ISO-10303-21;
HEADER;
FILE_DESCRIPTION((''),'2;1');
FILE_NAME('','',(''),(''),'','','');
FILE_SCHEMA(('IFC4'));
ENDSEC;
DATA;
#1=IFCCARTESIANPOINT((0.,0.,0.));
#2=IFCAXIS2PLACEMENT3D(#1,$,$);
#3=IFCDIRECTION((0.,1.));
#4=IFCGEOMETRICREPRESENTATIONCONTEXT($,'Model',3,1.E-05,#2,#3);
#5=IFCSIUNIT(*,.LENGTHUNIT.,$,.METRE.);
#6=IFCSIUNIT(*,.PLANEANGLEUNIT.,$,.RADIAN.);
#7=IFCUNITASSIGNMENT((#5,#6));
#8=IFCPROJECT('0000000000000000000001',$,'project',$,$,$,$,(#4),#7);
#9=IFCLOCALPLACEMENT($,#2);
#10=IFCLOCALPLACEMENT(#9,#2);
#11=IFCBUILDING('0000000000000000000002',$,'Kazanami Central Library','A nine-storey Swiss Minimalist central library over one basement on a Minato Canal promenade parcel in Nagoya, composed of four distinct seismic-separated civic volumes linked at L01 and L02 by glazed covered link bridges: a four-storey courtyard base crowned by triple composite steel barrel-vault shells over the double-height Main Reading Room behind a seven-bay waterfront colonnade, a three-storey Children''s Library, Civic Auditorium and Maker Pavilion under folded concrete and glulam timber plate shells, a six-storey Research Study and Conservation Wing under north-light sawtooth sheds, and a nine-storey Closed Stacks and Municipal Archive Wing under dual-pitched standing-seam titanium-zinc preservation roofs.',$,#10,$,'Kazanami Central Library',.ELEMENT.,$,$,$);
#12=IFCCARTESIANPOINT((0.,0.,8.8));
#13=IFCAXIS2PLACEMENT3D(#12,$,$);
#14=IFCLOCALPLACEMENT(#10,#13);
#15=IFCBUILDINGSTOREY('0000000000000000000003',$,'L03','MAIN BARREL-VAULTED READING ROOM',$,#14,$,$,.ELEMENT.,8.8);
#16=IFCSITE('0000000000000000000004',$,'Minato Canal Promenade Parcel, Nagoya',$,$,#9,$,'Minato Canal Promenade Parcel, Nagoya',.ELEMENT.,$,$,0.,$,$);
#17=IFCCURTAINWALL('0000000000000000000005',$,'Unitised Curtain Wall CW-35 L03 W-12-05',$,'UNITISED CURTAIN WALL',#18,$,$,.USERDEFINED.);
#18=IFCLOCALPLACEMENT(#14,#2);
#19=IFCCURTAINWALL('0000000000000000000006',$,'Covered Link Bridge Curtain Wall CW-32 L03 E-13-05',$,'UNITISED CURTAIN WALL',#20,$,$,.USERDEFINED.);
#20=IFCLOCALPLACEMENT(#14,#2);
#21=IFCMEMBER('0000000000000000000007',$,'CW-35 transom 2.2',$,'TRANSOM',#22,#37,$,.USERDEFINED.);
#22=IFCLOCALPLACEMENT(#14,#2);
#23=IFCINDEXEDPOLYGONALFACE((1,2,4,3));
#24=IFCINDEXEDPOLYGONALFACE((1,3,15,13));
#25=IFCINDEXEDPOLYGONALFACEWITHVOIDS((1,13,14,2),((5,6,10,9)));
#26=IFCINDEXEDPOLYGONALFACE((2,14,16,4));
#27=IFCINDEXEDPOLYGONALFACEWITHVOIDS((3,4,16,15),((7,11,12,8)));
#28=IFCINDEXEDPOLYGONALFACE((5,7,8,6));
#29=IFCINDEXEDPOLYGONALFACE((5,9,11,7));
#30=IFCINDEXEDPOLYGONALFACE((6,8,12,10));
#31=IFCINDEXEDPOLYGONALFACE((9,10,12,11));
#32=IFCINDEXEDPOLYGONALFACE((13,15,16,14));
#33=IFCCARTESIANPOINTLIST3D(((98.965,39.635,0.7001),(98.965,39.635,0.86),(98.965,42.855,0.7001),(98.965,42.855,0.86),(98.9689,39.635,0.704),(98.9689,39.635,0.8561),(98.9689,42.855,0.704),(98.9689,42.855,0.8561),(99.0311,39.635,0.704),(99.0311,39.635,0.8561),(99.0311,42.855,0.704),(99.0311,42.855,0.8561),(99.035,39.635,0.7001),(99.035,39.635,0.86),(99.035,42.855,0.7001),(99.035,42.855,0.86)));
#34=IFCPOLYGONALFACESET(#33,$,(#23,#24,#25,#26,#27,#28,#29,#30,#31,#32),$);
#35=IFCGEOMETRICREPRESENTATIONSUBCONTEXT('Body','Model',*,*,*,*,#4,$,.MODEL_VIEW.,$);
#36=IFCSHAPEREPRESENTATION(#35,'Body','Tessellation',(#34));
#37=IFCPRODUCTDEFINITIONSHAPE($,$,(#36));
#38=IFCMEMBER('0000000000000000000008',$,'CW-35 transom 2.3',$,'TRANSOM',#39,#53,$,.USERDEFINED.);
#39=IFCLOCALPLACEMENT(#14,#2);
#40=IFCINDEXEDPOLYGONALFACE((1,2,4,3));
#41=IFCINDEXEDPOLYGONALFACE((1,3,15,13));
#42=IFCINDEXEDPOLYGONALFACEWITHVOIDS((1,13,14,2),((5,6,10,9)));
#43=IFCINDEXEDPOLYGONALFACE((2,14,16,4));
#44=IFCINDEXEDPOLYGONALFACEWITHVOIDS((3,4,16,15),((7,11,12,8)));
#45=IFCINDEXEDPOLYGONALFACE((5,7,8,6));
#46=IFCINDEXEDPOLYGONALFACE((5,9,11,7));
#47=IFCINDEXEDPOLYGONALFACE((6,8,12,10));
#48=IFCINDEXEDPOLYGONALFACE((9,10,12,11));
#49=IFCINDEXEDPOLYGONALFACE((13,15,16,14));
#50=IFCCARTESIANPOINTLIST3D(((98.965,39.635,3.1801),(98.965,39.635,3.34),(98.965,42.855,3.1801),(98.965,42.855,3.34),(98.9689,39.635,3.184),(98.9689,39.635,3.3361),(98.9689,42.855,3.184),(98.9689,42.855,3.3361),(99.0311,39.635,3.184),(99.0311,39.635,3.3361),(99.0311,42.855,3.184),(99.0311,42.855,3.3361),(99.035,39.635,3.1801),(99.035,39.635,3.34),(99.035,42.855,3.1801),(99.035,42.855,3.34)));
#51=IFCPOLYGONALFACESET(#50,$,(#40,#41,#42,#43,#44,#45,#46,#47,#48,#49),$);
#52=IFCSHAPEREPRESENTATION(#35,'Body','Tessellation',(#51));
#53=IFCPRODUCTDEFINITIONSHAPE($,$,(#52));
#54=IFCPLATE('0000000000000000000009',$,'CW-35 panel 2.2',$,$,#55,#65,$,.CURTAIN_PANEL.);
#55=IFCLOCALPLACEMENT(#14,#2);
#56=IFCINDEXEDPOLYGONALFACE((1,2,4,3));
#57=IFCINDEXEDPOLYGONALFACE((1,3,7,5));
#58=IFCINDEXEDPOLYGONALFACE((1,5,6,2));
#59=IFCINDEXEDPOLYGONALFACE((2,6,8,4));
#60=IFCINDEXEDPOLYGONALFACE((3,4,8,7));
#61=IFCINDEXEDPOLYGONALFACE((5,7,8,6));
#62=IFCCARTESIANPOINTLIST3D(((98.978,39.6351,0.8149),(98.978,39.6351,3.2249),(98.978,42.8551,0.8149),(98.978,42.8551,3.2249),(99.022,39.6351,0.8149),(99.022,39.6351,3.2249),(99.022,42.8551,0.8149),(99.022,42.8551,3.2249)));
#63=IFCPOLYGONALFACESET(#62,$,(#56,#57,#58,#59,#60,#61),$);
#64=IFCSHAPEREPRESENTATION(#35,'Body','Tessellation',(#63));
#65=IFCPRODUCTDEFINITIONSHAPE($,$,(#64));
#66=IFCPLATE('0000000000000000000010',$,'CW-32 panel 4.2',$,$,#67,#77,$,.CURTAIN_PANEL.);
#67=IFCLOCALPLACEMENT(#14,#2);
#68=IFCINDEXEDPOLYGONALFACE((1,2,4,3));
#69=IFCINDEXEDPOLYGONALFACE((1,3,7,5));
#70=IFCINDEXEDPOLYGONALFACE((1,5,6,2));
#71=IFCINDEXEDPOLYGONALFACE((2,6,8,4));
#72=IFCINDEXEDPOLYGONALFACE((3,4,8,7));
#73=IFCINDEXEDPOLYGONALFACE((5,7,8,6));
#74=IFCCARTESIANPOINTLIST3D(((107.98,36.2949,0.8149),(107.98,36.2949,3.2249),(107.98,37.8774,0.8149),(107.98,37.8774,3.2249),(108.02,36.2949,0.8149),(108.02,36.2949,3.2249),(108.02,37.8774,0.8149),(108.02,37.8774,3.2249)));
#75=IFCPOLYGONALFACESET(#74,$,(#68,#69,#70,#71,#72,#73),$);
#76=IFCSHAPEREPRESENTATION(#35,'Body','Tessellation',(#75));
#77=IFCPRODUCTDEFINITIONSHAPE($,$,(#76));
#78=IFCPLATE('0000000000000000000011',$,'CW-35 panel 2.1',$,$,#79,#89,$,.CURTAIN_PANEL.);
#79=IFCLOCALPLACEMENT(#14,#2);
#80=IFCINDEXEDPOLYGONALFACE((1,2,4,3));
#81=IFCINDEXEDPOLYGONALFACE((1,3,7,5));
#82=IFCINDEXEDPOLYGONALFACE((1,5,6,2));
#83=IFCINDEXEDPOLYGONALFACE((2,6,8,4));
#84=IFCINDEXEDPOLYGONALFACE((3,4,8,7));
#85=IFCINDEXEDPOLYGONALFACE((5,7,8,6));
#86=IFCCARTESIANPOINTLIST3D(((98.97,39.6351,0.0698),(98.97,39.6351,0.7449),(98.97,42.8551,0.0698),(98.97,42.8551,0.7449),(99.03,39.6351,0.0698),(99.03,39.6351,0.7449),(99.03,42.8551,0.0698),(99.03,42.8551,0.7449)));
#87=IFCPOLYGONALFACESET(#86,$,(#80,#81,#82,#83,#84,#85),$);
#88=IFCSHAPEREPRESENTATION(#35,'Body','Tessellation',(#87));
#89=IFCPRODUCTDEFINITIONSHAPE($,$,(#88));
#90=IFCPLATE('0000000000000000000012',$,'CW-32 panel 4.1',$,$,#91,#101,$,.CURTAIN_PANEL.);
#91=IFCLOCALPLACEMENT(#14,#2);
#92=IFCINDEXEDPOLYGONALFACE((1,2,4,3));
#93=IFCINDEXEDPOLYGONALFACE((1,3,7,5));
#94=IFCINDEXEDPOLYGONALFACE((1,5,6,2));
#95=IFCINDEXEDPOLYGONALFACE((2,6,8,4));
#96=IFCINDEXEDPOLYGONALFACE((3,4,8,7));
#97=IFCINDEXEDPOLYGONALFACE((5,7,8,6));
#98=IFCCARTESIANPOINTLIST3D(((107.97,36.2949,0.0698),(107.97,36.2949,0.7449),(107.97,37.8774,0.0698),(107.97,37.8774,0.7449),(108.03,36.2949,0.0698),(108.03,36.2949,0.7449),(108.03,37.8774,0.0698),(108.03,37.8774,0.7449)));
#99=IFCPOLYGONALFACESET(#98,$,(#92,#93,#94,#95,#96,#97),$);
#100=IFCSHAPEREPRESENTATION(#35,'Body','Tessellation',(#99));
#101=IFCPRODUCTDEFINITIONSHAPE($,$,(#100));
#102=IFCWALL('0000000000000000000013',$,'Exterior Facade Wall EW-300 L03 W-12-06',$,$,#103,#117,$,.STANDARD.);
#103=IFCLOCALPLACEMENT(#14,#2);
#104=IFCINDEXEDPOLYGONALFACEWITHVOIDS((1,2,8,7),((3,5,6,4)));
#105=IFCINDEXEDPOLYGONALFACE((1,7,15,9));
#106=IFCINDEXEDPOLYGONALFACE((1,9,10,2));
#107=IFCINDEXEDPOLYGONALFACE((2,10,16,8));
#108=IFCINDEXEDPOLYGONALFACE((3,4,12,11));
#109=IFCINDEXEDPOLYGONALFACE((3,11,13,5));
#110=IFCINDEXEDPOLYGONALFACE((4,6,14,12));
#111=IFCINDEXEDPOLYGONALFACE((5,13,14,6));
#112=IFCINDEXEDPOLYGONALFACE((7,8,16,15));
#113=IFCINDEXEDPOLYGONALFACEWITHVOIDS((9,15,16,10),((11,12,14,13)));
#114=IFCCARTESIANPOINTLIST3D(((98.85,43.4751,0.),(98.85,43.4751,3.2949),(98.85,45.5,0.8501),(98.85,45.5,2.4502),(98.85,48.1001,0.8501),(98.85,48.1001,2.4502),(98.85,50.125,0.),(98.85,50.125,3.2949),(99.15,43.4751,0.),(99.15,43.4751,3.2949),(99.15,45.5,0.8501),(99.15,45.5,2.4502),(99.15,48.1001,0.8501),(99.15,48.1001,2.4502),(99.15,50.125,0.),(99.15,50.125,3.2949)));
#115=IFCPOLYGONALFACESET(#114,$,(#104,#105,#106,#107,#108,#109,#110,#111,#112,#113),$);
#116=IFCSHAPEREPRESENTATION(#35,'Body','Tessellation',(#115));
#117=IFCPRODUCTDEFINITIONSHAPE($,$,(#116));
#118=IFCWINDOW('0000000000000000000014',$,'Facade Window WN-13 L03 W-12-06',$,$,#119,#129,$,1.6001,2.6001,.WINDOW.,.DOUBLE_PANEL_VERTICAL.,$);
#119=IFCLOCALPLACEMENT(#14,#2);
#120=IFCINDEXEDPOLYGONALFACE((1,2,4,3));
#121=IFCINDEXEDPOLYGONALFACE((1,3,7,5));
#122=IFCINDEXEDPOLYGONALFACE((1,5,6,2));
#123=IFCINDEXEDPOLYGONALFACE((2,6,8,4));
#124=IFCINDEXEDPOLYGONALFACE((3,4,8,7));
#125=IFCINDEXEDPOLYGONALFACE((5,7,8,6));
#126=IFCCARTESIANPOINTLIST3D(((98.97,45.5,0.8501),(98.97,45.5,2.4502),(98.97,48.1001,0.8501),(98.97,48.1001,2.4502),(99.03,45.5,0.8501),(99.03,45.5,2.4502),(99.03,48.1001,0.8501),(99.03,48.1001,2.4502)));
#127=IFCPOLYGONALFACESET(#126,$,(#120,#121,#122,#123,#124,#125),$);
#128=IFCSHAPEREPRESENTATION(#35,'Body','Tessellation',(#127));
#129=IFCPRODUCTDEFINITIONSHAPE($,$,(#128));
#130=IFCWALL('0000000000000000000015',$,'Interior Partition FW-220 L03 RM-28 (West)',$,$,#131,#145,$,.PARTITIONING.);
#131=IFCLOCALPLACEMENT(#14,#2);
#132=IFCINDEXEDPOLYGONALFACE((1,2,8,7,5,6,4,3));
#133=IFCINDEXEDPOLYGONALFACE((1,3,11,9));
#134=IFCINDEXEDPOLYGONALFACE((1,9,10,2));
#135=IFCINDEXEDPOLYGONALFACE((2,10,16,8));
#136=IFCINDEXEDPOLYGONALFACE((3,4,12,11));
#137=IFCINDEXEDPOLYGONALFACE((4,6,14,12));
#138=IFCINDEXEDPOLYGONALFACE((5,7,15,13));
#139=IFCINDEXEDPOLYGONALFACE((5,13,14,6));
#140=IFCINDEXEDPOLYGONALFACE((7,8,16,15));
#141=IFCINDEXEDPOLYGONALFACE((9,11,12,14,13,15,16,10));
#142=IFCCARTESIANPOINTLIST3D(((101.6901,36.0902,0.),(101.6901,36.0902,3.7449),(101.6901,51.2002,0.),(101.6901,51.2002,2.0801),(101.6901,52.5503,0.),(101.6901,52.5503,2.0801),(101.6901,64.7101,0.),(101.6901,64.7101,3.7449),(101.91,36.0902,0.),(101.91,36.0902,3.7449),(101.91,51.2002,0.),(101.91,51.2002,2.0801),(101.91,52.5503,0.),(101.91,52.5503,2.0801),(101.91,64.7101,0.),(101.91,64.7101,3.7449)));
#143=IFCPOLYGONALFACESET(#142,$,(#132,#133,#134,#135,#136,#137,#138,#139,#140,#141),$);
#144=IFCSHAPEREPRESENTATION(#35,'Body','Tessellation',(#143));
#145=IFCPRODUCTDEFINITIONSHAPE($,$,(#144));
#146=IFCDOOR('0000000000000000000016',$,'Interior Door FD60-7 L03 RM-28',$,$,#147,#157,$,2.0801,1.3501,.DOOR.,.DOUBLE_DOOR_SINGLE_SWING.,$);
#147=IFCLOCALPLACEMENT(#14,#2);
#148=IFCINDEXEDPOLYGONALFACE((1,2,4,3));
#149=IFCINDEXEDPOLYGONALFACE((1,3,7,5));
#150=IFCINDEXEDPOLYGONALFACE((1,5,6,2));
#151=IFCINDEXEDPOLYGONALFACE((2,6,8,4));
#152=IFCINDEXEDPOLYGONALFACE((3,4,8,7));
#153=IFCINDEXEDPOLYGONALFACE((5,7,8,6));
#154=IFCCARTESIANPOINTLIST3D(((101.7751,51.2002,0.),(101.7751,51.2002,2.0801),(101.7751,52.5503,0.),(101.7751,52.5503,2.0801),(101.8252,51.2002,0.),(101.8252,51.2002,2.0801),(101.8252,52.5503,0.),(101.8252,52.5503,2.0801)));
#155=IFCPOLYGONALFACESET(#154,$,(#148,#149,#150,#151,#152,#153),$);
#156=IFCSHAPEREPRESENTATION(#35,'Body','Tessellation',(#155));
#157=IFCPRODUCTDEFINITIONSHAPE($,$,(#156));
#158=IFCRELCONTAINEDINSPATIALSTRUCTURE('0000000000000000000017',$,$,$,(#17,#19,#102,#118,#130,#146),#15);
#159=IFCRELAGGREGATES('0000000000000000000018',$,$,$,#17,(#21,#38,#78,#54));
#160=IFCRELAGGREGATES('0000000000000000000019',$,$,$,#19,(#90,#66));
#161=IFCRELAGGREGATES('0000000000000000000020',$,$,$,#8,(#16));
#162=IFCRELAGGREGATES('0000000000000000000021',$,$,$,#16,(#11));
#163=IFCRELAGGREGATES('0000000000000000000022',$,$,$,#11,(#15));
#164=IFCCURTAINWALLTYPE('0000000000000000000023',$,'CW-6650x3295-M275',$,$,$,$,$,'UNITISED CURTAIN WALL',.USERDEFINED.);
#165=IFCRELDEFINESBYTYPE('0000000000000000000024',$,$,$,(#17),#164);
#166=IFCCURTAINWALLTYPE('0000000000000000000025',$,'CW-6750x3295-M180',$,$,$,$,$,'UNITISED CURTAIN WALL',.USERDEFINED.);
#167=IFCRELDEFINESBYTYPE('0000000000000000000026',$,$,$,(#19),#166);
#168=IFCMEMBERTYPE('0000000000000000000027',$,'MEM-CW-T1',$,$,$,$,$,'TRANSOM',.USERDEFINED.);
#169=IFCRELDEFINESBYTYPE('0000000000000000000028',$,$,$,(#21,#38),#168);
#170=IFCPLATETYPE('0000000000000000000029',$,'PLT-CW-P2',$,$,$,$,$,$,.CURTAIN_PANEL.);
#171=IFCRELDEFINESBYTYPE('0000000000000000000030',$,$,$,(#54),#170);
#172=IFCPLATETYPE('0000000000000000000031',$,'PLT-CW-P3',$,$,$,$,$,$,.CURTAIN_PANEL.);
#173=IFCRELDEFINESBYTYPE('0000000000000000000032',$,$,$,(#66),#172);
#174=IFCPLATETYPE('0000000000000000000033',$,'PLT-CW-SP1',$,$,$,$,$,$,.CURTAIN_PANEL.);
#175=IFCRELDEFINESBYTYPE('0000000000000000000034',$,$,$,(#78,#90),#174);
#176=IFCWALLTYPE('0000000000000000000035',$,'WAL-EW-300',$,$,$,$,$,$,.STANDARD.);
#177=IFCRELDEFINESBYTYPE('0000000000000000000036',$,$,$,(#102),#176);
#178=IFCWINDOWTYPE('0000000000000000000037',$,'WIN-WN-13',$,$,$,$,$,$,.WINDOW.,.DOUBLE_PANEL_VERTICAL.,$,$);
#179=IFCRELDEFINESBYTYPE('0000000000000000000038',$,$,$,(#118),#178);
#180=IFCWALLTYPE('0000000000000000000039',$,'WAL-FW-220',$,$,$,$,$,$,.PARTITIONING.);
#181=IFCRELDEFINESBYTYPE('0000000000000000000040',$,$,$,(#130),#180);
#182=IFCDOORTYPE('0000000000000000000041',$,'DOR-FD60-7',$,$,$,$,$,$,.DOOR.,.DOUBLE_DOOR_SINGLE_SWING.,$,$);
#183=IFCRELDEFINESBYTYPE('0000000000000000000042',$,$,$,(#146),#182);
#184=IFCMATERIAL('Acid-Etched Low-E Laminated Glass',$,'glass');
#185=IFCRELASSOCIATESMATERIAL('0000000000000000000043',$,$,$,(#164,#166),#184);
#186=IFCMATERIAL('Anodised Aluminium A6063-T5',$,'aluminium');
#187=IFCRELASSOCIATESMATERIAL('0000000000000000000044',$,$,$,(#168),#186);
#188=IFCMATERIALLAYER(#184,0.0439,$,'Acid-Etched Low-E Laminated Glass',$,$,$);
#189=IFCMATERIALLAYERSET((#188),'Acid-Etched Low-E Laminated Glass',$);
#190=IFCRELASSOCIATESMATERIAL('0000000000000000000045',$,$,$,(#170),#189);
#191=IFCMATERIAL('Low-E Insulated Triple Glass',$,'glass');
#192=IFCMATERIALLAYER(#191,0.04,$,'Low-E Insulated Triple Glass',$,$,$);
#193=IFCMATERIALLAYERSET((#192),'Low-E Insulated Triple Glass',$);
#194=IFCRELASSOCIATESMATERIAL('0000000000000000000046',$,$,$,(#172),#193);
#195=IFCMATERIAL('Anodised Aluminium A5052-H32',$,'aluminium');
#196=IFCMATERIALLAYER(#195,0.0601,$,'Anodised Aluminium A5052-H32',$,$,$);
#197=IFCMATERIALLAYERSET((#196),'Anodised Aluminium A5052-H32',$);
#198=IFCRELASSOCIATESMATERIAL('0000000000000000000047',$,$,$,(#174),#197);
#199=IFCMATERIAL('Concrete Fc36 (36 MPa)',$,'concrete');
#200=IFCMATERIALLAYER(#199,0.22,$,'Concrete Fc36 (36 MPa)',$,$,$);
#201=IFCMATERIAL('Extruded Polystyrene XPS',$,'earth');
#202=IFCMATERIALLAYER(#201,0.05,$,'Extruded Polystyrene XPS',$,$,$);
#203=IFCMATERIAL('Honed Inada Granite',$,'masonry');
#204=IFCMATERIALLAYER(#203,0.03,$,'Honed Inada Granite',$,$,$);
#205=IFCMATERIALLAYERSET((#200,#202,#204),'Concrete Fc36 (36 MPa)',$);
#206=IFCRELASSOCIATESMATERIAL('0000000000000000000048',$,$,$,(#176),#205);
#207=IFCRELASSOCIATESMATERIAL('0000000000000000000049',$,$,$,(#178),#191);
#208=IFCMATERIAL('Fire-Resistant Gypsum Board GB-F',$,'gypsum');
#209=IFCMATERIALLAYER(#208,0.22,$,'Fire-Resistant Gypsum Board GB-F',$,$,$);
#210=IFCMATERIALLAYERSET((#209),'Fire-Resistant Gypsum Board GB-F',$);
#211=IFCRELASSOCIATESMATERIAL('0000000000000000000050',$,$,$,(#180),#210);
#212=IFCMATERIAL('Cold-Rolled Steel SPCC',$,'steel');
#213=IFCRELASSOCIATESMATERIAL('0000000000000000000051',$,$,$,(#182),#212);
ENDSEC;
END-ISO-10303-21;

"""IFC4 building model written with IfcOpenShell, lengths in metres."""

from ifc_helpers import new_model, si_unit, direction, frame, frame_2d, origin, origin_2d, place, context, subcontext, project, spatial, rectangle, hollow_rectangle, extrude, material, layer, layer_set, material_profile, profile_set, type_object, element, fill, aggregate, save


model = new_model("IFC4")

# Units and contexts
model_context = context("Model", 3, precision=1e-05, world=origin(), true_north=direction((0.0, 1.0)))
body_context = subcontext(model_context, "Body", "Model", "MODEL_VIEW")
ifc_project = project(units=[si_unit("LENGTHUNIT", "METRE"), si_unit("PLANEANGLEUNIT", "RADIAN")], contexts=[model_context])

# Site, building, storey
site_placement = place(None, origin())
site = spatial("IfcSite", under=ifc_project, at=site_placement, Name="Minato Canal Promenade Parcel, Nagoya", LongName="Minato Canal Promenade Parcel, Nagoya", CompositionType="ELEMENT", RefElevation=0.0)
building_placement = place(site_placement, origin())
building = spatial("IfcBuilding", under=site, at=building_placement, Name="Kazanami Central Library", Description="A nine-storey Swiss Minimalist central library over one basement on a Minato Canal promenade parcel in Nagoya, composed of four distinct seismic-separated civic volumes linked at L01 and L02 by glazed covered link bridges: a four-storey courtyard base crowned by triple composite steel barrel-vault shells over the double-height Main Reading Room behind a seven-bay waterfront colonnade, a three-storey Children's Library, Civic Auditorium and Maker Pavilion under folded concrete and glulam timber plate shells, a six-storey Research Study and Conservation Wing under north-light sawtooth sheds, and a nine-storey Closed Stacks and Municipal Archive Wing under dual-pitched standing-seam titanium-zinc preservation roofs.", LongName="Kazanami Central Library", CompositionType="ELEMENT")
storey_placement = place(building_placement, frame((0.0, 0.0, 8.8)))
storey = spatial("IfcBuildingStorey", under=building, at=storey_placement, Name="L03", Description="MAIN BARREL-VAULTED READING ROOM", CompositionType="ELEMENT", Elevation=8.8)

# Curtain walls
ifc_material_1 = material(Name="Acid-Etched Low-E Laminated Glass", Category="glass")
curtain_wall_type_1 = type_object("IfcCurtainWallType", Name="CW-6650x3295-M275", ElementType="UNITISED CURTAIN WALL", PredefinedType="USERDEFINED", material=ifc_material_1)
curtain_wall_1_placement = place(storey_placement, origin())
curtain_wall_1 = element("IfcCurtainWall", 1, at=curtain_wall_1_placement, inside=storey, type_object=curtain_wall_type_1, Name="Unitised Curtain Wall CW-35 L03 W-12-05", ObjectType="UNITISED CURTAIN WALL", PredefinedType="USERDEFINED")
ifc_material_2 = material(Name="Anodised Aluminium A6063-T5", Category="aluminium")
curtain_wall_type_2 = type_object("IfcCurtainWallType", Name="CW-6750x3295-M180", ElementType="UNITISED CURTAIN WALL", PredefinedType="USERDEFINED", material=ifc_material_1)
curtain_wall_2_placement = place(storey_placement, origin())
curtain_wall_2 = element("IfcCurtainWall", 2, at=curtain_wall_2_placement, inside=storey, type_object=curtain_wall_type_2, Name="Covered Link Bridge Curtain Wall CW-32 L03 E-13-05", ObjectType="UNITISED CURTAIN WALL", PredefinedType="USERDEFINED")

# Members
ifc_material_profile_1 = material_profile(ifc_material_2, hollow_rectangle(XDim=0.0701, YDim=0.1599, WallThickness=0.0039, at=origin_2d()), Name="ALU-TRAN-70x160x4")
ifc_profile_set_1 = profile_set([ifc_material_profile_1], Name="Anodised Aluminium A6063-T5")
member_type_1 = type_object("IfcMemberType", Name="MEM-CW-T1", ElementType="TRANSOM", PredefinedType="USERDEFINED", material=ifc_profile_set_1)
member_1_placement = place(storey_placement, frame((99.0, 39.635, 0.78), z_axis=(0.0, 1.0, 0.0), x_axis=(-1.0, 0.0, 0.0)))
member_1 = element("IfcMember", 3, at=member_1_placement, type_object=member_type_1, Name="CW-35 transom 2.2", ObjectType="TRANSOM", PredefinedType="USERDEFINED", context=body_context, shape_type="SweptSolid", body=[
    extrude(hollow_rectangle(XDim=0.0701, YDim=0.1599, WallThickness=0.0039, at=origin_2d()), origin(), (0.0, 0.0, 1.0), 3.22),
])
member_2_placement = place(storey_placement, frame((99.0, 39.635, 3.26), z_axis=(0.0, 1.0, 0.0), x_axis=(-1.0, 0.0, 0.0)))
member_2 = element("IfcMember", 4, at=member_2_placement, type_object=member_type_1, Name="CW-35 transom 2.3", ObjectType="TRANSOM", PredefinedType="USERDEFINED", context=body_context, shape_type="SweptSolid", body=[
    extrude(hollow_rectangle(XDim=0.0701, YDim=0.1599, WallThickness=0.0039, at=origin_2d()), origin(), (0.0, 0.0, 1.0), 3.22),
])

# Plates
ifc_layer_1 = layer(ifc_material_1, 0.0439, Name="Acid-Etched Low-E Laminated Glass")
ifc_layer_set_1 = layer_set([ifc_layer_1], Name="Acid-Etched Low-E Laminated Glass")
plate_type_1 = type_object("IfcPlateType", Name="PLT-CW-P2", PredefinedType="CURTAIN_PANEL", material=ifc_layer_set_1)
plate_1_placement = place(storey_placement, frame((99.0, 41.2451, 0.8149), z_axis=(0.0, 0.0, 1.0), x_axis=(0.0, 1.0, 0.0)))
plate_1 = element("IfcPlate", 5, at=plate_1_placement, type_object=plate_type_1, Name="CW-35 panel 2.2", PredefinedType="CURTAIN_PANEL", context=body_context, shape_type="SweptSolid", body=[
    extrude(rectangle(XDim=3.22, YDim=0.0439, at=origin_2d()), origin(), (0.0, 0.0, 1.0), 2.4099),
])
ifc_material_3 = material(Name="Low-E Insulated Triple Glass", Category="glass")
ifc_layer_2 = layer(ifc_material_3, 0.04, Name="Low-E Insulated Triple Glass")
ifc_layer_set_2 = layer_set([ifc_layer_2], Name="Low-E Insulated Triple Glass")
plate_type_2 = type_object("IfcPlateType", Name="PLT-CW-P3", PredefinedType="CURTAIN_PANEL", material=ifc_layer_set_2)
plate_2_placement = place(storey_placement, frame((108.0, 37.0862, 0.8149), z_axis=(0.0, 0.0, 1.0), x_axis=(0.0, -1.0, 0.0)))
plate_2 = element("IfcPlate", 6, at=plate_2_placement, type_object=plate_type_2, Name="CW-32 panel 4.2", PredefinedType="CURTAIN_PANEL", context=body_context, shape_type="SweptSolid", body=[
    extrude(rectangle(XDim=1.5825, YDim=0.04, at=origin_2d()), origin(), (0.0, 0.0, 1.0), 2.4099),
])
ifc_material_4 = material(Name="Anodised Aluminium A5052-H32", Category="aluminium")
ifc_layer_3 = layer(ifc_material_4, 0.0601, Name="Anodised Aluminium A5052-H32")
ifc_layer_set_3 = layer_set([ifc_layer_3], Name="Anodised Aluminium A5052-H32")
plate_type_3 = type_object("IfcPlateType", Name="PLT-CW-SP1", PredefinedType="CURTAIN_PANEL", material=ifc_layer_set_3)
plate_3_placement = place(storey_placement, frame((99.0, 41.2451, 0.0698), z_axis=(0.0, 0.0, 1.0), x_axis=(0.0, 1.0, 0.0)))
plate_3 = element("IfcPlate", 7, at=plate_3_placement, type_object=plate_type_3, Name="CW-35 panel 2.1", PredefinedType="CURTAIN_PANEL", context=body_context, shape_type="SweptSolid", body=[
    extrude(rectangle(XDim=3.22, YDim=0.0601, at=origin_2d()), origin(), (0.0, 0.0, 1.0), 0.675),
])
aggregate(curtain_wall_1, [member_1, member_2, plate_3, plate_1])
plate_4_placement = place(storey_placement, frame((108.0, 37.0862, 0.0698), z_axis=(0.0, 0.0, 1.0), x_axis=(0.0, -1.0, 0.0)))
plate_4 = element("IfcPlate", 8, at=plate_4_placement, type_object=plate_type_3, Name="CW-32 panel 4.1", PredefinedType="CURTAIN_PANEL", context=body_context, shape_type="SweptSolid", body=[
    extrude(rectangle(XDim=1.5825, YDim=0.0601, at=origin_2d()), origin(), (0.0, 0.0, 1.0), 0.675),
])
aggregate(curtain_wall_2, [plate_4, plate_2])

# Wall, opening, window
ifc_material_5 = material(Name="Concrete Fc36 (36 MPa)", Category="concrete")
ifc_layer_4 = layer(ifc_material_5, 0.22, Name="Concrete Fc36 (36 MPa)")
ifc_material_6 = material(Name="Extruded Polystyrene XPS", Category="earth")
ifc_layer_5 = layer(ifc_material_6, 0.05, Name="Extruded Polystyrene XPS")
ifc_material_7 = material(Name="Honed Inada Granite", Category="masonry")
ifc_layer_6 = layer(ifc_material_7, 0.03, Name="Honed Inada Granite")
ifc_layer_set_4 = layer_set([ifc_layer_4, ifc_layer_5, ifc_layer_6], Name="Concrete Fc36 (36 MPa)")
wall_type_1 = type_object("IfcWallType", Name="WAL-EW-300", PredefinedType="STANDARD", material=ifc_layer_set_4)
wall_1_placement = place(storey_placement, frame((99.0, 43.4751, 0.0), z_axis=(0.0, 0.0, 1.0), x_axis=(0.0, 1.0, 0.0)))
wall_1 = element("IfcWall", 9, at=wall_1_placement, inside=storey, type_object=wall_type_1, Name="Exterior Facade Wall EW-300 L03 W-12-06", PredefinedType="STANDARD", context=body_context, shape_type="SweptSolid", body=[
    extrude(rectangle(XDim=6.6499, YDim=0.3, at=frame_2d((3.325, 0.0))), origin(), (0.0, 0.0, 1.0), 3.2949),
])
opening_1_placement = place(wall_1_placement, frame((2.0249, 0.0, 0.8501)))
opening_1 = element("IfcOpeningElement", 10, at=opening_1_placement, cuts=wall_1, PredefinedType="OPENING", context=body_context, shape_type="SweptSolid", body=[
    extrude(rectangle(XDim=2.6001, YDim=1.6001, at=frame_2d((1.3, 0.8))), frame((0.0, 0.1621, 0.0), z_axis=(0.0, -1.0, 0.0), x_axis=(1.0, 0.0, 0.0)), (0.0, 0.0, 1.0), 0.324),
])
window_type = type_object("IfcWindowType", Name="WIN-WN-13", PartitioningType="DOUBLE_PANEL_VERTICAL", PredefinedType="WINDOW", material=ifc_material_3)
window_placement = place(opening_1_placement, origin())
window = element("IfcWindow", 11, at=window_placement, inside=storey, type_object=window_type, Name="Facade Window WN-13 L03 W-12-06", OverallHeight=1.6001, OverallWidth=2.6001, PartitioningType="DOUBLE_PANEL_VERTICAL", PredefinedType="WINDOW", context=body_context, shape_type="SweptSolid", body=[
    extrude(rectangle(XDim=2.6001, YDim=1.6001, at=frame_2d((1.3, 0.8))), frame((0.0, 0.03, 0.0), z_axis=(0.0, -1.0, 0.0), x_axis=(1.0, 0.0, 0.0)), (0.0, 0.0, 1.0), 0.0601),
])
fill(opening_1, window)

# Shared definitions
ifc_material_8 = material(Name="Fire-Resistant Gypsum Board GB-F", Category="gypsum")
ifc_layer_7 = layer(ifc_material_8, 0.22, Name="Fire-Resistant Gypsum Board GB-F")
ifc_layer_set_5 = layer_set([ifc_layer_7], Name="Fire-Resistant Gypsum Board GB-F")
wall_type_2 = type_object("IfcWallType", Name="WAL-FW-220", PredefinedType="PARTITIONING", material=ifc_layer_set_5)

# Wall, opening, door
wall_2_placement = place(storey_placement, frame((101.8, 36.0901, 0.0), z_axis=(0.0, 0.0, 1.0), x_axis=(0.0, 1.0, 0.0)))
wall_2 = element("IfcWall", 12, at=wall_2_placement, inside=storey, type_object=wall_type_2, Name="Interior Partition FW-220 L03 RM-28 (West)", PredefinedType="PARTITIONING", context=body_context, shape_type="SweptSolid", body=[
    extrude(rectangle(XDim=28.6199, YDim=0.22, at=frame_2d((14.3101, 0.0))), origin(), (0.0, 0.0, 1.0), 3.7449),
])
opening_2_placement = place(wall_2_placement, frame((15.1101, 0.0, 0.0)))
opening_2 = element("IfcOpeningElement", 13, at=opening_2_placement, cuts=wall_2, PredefinedType="OPENING", context=body_context, shape_type="SweptSolid", body=[
    extrude(rectangle(XDim=1.3501, YDim=2.0801, at=frame_2d((0.675, 1.04))), frame((0.0, 0.1221, 0.0), z_axis=(0.0, -1.0, 0.0), x_axis=(1.0, 0.0, 0.0)), (0.0, 0.0, 1.0), 0.2439),
])
ifc_material_9 = material(Name="Cold-Rolled Steel SPCC", Category="steel")
door_type = type_object("IfcDoorType", Name="DOR-FD60-7", OperationType="DOUBLE_DOOR_SINGLE_SWING", PredefinedType="DOOR", material=ifc_material_9)
door_placement = place(opening_2_placement, origin())
door = element("IfcDoor", 14, at=door_placement, inside=storey, type_object=door_type, Name="Interior Door FD60-7 L03 RM-28", OperationType="DOUBLE_DOOR_SINGLE_SWING", OverallHeight=2.0801, OverallWidth=1.3501, PredefinedType="DOOR", context=body_context, shape_type="SweptSolid", body=[
    extrude(rectangle(XDim=1.3501, YDim=2.0801, at=frame_2d((0.675, 1.04))), frame((0.0, 0.0249, 0.0), z_axis=(0.0, -1.0, 0.0), x_axis=(1.0, 0.0, 0.0)), (0.0, 0.0, 1.0), 0.05),
])
fill(opening_2, door)

save(model, "model.ifc")
